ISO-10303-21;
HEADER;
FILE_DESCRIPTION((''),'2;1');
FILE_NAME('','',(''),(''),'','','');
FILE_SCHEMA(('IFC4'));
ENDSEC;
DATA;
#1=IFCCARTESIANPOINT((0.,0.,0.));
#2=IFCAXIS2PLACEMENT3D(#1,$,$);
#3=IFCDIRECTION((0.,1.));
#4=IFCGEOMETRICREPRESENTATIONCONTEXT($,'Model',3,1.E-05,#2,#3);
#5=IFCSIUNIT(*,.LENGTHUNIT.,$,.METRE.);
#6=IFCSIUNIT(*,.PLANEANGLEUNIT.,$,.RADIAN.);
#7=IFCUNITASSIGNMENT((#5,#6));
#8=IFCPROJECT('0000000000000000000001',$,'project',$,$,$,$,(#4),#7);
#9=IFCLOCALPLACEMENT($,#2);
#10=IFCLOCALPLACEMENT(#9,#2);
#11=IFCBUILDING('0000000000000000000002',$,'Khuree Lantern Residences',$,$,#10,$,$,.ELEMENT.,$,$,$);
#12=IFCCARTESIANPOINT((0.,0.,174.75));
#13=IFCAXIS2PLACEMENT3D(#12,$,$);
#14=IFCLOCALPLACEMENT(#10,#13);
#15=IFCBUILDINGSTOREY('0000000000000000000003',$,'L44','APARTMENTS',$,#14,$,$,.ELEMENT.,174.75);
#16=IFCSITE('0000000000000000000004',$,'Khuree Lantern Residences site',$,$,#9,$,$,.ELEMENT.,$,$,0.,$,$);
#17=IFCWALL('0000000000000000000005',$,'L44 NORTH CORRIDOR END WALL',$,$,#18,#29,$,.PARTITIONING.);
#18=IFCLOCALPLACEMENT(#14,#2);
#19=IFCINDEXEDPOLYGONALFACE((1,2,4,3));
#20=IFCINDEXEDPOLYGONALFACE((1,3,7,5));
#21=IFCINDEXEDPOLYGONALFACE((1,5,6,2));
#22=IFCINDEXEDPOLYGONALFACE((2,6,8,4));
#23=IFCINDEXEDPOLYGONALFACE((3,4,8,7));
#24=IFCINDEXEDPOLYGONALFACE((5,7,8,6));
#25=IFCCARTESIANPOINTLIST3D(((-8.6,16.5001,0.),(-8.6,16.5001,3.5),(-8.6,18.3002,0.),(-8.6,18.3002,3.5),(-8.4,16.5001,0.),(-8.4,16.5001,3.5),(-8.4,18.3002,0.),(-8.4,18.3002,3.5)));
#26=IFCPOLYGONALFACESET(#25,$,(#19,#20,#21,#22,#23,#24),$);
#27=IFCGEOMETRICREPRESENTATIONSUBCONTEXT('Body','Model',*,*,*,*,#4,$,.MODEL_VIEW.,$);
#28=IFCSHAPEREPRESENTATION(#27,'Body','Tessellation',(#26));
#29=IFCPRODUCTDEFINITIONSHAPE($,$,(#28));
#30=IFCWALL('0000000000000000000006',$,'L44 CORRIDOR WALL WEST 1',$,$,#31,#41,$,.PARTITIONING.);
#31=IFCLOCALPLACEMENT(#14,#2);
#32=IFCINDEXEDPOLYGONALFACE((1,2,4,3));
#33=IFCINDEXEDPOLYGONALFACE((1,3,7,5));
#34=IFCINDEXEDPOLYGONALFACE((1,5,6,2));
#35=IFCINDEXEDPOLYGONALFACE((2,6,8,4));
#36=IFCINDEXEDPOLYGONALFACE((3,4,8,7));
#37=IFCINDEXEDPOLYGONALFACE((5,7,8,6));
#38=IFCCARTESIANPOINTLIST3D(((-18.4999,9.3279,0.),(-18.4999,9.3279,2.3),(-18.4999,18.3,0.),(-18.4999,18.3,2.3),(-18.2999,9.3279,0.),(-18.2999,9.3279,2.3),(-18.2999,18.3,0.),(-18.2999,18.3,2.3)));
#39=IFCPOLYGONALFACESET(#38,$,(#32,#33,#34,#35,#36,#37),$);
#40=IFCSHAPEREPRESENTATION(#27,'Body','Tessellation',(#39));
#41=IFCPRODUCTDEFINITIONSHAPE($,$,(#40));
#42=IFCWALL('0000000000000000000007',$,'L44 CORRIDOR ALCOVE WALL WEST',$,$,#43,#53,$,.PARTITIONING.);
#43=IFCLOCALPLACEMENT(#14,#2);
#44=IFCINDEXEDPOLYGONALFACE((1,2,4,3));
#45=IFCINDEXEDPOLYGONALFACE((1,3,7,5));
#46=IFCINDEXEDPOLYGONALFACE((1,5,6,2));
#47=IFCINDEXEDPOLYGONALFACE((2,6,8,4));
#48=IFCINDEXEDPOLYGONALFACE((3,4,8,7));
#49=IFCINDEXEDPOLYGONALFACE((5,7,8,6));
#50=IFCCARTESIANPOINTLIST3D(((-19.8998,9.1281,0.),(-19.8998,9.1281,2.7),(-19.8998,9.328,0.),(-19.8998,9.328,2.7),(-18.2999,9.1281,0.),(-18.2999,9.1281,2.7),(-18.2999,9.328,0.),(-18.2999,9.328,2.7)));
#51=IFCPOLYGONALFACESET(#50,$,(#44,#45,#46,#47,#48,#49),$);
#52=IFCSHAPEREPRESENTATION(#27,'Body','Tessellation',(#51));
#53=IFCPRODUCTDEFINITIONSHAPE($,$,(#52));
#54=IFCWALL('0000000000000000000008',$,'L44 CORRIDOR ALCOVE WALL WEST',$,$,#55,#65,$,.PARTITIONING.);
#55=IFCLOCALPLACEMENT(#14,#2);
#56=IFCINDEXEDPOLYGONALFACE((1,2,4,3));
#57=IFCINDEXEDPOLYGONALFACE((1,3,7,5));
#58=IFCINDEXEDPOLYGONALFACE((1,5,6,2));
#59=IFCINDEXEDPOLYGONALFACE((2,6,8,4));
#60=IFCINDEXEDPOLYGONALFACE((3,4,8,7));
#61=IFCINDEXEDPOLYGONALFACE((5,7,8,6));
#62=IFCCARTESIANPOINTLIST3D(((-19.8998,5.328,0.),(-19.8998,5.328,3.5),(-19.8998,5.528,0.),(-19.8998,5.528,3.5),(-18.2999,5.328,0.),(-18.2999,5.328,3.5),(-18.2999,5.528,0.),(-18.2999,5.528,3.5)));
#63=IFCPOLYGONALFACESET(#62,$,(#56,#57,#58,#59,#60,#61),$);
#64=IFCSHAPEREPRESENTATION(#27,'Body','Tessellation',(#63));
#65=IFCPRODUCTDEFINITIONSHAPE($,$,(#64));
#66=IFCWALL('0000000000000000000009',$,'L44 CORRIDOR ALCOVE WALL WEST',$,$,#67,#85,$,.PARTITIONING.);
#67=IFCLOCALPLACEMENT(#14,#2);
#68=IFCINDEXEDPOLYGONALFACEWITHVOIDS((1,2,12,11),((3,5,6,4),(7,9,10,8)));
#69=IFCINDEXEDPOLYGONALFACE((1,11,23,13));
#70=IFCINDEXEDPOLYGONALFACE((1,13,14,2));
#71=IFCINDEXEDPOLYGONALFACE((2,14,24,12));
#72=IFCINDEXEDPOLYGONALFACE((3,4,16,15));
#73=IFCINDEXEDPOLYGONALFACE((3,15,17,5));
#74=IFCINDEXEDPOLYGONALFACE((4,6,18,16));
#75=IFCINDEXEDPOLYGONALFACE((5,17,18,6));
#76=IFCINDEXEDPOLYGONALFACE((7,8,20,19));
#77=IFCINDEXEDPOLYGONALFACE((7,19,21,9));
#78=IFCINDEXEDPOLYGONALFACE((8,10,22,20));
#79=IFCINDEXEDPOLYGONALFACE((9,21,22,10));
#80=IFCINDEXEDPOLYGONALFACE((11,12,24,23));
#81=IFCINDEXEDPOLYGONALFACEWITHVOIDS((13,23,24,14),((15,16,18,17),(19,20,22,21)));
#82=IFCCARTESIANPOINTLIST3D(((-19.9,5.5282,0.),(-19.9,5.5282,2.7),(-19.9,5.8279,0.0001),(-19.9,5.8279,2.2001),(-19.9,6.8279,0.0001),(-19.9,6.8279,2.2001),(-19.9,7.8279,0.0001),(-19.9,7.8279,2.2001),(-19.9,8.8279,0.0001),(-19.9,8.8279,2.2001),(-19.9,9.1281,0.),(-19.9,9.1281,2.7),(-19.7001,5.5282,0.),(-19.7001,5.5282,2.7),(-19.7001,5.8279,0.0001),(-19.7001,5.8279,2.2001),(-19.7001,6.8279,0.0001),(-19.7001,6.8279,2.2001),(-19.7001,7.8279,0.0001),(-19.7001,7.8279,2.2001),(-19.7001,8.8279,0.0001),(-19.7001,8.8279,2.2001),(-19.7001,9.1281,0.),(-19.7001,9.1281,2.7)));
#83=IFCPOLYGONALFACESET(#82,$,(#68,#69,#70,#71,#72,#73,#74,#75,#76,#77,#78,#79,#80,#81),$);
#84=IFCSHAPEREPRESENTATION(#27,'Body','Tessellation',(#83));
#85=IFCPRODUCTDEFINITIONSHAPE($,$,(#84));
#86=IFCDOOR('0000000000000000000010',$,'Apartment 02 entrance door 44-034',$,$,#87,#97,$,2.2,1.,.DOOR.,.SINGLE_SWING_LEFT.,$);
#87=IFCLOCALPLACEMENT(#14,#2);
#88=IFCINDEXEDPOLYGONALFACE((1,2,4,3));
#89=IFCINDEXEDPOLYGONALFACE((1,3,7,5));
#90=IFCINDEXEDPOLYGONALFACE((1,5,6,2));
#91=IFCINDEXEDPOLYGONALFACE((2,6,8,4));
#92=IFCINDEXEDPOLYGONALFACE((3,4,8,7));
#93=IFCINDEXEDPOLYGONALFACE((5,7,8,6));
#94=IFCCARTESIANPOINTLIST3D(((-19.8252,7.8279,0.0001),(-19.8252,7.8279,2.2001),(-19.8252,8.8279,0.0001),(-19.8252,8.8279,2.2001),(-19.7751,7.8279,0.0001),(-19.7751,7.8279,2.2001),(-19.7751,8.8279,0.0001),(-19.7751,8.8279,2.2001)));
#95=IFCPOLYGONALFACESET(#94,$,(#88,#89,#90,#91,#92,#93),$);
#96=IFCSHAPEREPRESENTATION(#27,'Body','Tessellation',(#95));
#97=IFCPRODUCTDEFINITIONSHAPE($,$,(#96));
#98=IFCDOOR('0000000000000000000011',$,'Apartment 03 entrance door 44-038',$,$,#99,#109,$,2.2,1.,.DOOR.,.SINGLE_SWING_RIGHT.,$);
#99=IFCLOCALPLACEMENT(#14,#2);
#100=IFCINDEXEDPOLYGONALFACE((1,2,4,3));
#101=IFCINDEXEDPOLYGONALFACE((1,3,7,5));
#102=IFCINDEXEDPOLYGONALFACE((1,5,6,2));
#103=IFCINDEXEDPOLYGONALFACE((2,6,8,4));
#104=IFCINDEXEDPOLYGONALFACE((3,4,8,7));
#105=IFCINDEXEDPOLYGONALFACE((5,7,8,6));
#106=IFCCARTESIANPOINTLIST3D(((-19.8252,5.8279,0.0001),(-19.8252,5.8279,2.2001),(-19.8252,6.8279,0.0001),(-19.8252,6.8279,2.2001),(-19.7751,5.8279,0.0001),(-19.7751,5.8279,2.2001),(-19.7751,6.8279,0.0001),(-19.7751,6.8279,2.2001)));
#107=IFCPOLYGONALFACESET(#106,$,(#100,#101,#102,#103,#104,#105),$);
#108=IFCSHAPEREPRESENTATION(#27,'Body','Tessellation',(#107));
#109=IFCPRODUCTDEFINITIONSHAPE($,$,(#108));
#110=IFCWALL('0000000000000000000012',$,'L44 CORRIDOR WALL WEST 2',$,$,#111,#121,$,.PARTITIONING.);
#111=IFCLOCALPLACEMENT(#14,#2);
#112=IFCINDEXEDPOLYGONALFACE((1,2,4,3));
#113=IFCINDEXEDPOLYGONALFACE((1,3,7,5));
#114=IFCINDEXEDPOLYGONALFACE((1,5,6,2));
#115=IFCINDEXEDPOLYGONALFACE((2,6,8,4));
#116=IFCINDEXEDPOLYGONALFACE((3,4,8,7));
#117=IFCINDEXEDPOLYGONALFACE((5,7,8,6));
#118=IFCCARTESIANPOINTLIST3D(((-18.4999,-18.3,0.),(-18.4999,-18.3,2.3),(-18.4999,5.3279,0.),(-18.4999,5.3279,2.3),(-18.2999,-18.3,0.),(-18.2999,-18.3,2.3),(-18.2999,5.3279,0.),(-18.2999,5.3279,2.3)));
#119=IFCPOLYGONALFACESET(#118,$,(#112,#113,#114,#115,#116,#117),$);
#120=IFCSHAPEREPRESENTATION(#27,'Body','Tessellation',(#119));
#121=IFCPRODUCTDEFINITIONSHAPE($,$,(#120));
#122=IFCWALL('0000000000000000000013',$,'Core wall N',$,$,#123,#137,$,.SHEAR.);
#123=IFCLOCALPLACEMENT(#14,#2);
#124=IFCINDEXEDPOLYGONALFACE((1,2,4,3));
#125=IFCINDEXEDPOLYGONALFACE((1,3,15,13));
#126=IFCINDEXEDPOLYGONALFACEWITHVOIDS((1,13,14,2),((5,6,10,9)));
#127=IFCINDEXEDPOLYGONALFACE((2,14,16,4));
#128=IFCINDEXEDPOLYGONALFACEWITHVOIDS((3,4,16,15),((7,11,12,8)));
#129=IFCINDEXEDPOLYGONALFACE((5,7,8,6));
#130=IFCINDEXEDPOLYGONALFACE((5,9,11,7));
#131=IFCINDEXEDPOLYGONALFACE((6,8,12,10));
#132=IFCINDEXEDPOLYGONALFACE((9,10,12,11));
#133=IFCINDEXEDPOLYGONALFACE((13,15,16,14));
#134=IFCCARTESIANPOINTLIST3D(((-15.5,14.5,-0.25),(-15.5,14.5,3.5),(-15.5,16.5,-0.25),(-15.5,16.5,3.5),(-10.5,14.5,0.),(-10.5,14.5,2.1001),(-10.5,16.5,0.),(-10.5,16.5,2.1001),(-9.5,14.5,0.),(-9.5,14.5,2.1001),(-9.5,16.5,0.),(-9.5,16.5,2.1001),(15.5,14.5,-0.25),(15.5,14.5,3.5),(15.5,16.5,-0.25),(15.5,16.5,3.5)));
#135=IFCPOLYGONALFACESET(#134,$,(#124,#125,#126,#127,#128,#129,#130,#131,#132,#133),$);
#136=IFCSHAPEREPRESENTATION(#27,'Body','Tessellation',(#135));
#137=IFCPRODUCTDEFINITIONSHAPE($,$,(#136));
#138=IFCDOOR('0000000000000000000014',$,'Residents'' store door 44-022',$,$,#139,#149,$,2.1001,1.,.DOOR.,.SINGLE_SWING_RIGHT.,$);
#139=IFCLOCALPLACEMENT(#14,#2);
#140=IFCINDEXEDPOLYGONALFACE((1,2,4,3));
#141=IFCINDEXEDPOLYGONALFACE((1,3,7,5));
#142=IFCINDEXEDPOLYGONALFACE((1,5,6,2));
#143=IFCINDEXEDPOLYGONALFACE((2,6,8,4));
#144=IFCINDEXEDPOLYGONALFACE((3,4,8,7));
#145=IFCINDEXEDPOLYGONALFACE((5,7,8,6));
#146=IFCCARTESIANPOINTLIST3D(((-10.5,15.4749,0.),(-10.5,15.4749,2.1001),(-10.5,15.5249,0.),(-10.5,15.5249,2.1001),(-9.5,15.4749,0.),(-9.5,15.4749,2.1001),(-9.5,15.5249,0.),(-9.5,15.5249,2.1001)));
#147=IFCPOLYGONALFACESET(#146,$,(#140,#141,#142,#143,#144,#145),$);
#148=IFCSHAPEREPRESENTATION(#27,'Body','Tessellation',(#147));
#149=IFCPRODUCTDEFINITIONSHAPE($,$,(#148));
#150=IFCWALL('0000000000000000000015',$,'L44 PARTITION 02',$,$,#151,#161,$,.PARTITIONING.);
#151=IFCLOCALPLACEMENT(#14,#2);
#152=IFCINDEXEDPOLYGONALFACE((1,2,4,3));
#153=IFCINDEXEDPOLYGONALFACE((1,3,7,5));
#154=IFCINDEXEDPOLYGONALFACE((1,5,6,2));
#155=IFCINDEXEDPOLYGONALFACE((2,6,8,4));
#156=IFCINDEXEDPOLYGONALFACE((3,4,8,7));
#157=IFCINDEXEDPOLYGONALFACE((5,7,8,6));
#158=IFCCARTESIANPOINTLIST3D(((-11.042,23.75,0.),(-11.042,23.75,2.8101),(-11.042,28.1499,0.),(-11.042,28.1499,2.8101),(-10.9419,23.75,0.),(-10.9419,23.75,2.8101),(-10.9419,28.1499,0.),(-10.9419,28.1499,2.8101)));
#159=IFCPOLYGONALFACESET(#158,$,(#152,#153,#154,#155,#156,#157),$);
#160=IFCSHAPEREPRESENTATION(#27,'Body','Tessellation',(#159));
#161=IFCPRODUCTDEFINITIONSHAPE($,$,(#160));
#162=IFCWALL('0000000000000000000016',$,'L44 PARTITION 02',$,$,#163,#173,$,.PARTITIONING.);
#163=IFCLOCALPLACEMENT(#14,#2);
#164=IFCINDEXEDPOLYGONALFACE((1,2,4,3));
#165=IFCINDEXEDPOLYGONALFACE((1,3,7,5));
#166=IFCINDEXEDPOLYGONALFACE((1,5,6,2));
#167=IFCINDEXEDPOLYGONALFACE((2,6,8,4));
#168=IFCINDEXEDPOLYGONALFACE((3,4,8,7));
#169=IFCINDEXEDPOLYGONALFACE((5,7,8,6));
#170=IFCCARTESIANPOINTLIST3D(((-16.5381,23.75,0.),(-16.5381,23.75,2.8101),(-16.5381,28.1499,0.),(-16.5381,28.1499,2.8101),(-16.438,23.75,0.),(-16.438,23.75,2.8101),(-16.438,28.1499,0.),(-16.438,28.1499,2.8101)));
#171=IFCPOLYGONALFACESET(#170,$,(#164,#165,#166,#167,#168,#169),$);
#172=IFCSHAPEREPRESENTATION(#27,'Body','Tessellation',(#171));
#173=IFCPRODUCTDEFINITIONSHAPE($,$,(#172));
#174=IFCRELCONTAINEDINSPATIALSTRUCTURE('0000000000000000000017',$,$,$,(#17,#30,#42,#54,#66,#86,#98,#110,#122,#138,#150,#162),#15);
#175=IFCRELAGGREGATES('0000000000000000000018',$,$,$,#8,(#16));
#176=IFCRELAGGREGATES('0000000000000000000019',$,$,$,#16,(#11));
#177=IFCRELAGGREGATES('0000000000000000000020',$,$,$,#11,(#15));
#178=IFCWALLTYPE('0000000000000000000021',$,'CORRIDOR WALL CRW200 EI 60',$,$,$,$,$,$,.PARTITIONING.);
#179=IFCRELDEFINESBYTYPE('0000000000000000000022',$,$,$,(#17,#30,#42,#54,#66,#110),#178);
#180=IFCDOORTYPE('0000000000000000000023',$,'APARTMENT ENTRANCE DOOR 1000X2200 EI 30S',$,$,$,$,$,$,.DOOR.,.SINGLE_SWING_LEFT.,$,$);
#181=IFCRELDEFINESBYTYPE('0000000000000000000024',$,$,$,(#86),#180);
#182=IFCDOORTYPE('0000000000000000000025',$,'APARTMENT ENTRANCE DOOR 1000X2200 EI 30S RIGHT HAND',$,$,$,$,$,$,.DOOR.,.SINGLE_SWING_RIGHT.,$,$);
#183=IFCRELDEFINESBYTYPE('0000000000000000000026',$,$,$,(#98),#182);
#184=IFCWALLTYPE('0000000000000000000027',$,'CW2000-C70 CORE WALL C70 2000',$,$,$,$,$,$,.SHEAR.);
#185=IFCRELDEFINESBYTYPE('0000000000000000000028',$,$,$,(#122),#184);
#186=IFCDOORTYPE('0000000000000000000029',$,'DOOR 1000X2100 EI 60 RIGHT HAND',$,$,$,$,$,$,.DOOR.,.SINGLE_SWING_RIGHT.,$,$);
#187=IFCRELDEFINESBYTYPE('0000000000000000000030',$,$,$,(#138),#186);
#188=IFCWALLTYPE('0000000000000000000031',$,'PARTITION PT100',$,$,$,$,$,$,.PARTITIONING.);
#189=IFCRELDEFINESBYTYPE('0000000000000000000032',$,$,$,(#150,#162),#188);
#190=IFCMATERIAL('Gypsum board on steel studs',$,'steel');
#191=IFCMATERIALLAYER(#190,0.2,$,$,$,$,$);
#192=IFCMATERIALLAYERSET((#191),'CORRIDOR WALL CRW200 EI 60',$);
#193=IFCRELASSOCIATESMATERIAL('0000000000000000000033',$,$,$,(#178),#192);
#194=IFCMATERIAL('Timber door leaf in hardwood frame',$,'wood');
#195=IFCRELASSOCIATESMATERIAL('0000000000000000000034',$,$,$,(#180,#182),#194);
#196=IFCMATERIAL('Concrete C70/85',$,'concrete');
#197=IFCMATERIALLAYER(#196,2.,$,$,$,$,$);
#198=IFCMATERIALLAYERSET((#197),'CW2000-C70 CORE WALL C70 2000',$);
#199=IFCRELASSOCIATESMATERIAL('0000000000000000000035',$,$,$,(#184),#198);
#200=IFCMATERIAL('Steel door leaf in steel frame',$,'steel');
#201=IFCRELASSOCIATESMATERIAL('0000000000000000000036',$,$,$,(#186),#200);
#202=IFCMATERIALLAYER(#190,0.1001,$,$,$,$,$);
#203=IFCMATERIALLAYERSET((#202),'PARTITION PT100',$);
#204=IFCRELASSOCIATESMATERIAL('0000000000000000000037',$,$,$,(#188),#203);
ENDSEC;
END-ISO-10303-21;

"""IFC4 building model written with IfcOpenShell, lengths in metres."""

from ifc_helpers import new_model, si_unit, direction, frame, frame_2d, origin, place, context, subcontext, project, spatial, rectangle, extrude, material, layer, layer_set, type_object, element, fill, save


model = new_model("IFC4")

# Units and contexts
model_context = context("Model", 3, precision=1e-05, world=origin(), true_north=direction((0.0, 1.0)))
body_context = subcontext(model_context, "Body", "Model", "MODEL_VIEW")
ifc_project = project(units=[si_unit("LENGTHUNIT", "METRE"), si_unit("PLANEANGLEUNIT", "RADIAN")], contexts=[model_context])

# Site, building, storey
site_placement = place(None, origin())
site = spatial("IfcSite", under=ifc_project, at=site_placement, Name="Khuree Lantern Residences site", CompositionType="ELEMENT", RefElevation=0.0)
building_placement = place(site_placement, origin())
building = spatial("IfcBuilding", under=site, at=building_placement, Name="Khuree Lantern Residences", CompositionType="ELEMENT")
storey_placement = place(building_placement, frame((0.0, 0.0, 174.75)))
storey = spatial("IfcBuildingStorey", under=building, at=storey_placement, Name="L44", Description="APARTMENTS", CompositionType="ELEMENT", Elevation=174.75)

# Shared definitions
ifc_material_1 = material(Name="Concrete C70/85", Category="concrete")

# Shared definitions
ifc_material_2 = material(Name="Steel door leaf in steel frame", Category="steel")
ifc_material_3 = material(Name="Timber door leaf in hardwood frame", Category="wood")

# Walls
ifc_material_4 = material(Name="Gypsum board on steel studs", Category="steel")
ifc_layer_1 = layer(ifc_material_4, 0.2)
ifc_layer_set_1 = layer_set([ifc_layer_1], Name="CORRIDOR WALL CRW200 EI 60")
wall_type_1 = type_object("IfcWallType", Name="CORRIDOR WALL CRW200 EI 60", PredefinedType="PARTITIONING", material=ifc_layer_set_1)
wall_1_placement = place(storey_placement, frame((-8.5, 18.3, 0.0), z_axis=(0.0, 0.0, 1.0), x_axis=(0.0, -1.0, 0.0)))
element("IfcWall", 1, at=wall_1_placement, inside=storey, type_object=wall_type_1, Name="L44 NORTH CORRIDOR END WALL", PredefinedType="PARTITIONING", context=body_context, shape_type="SweptSolid", body=[
    extrude(rectangle(XDim=1.8, YDim=0.2, at=frame_2d((0.8999, 0.0))), origin(), (0.0, 0.0, 1.0), 3.5),
])
wall_2_placement = place(storey_placement, frame((-18.3999, 18.3, 0.0), z_axis=(0.0, 0.0, 1.0), x_axis=(0.0, -1.0, 0.0)))
element("IfcWall", 2, at=wall_2_placement, inside=storey, type_object=wall_type_1, Name="L44 CORRIDOR WALL WEST 1", PredefinedType="PARTITIONING", context=body_context, shape_type="SweptSolid", body=[
    extrude(rectangle(XDim=8.9722, YDim=0.2, at=frame_2d((4.4861, 0.0))), origin(), (0.0, 0.0, 1.0), 2.3),
])
wall_3_placement = place(storey_placement, frame((-18.3, 9.228, 0.0), z_axis=(0.0, 0.0, 1.0), x_axis=(-1.0, 0.0, 0.0)))
element("IfcWall", 3, at=wall_3_placement, inside=storey, type_object=wall_type_1, Name="L44 CORRIDOR ALCOVE WALL WEST", PredefinedType="PARTITIONING", context=body_context, shape_type="SweptSolid", body=[
    extrude(rectangle(XDim=1.5999, YDim=0.2, at=frame_2d((0.7998, 0.0))), origin(), (0.0, 0.0, 1.0), 2.7),
])
wall_4_placement = place(storey_placement, frame((-18.3, 5.428, 0.0), z_axis=(0.0, 0.0, 1.0), x_axis=(-1.0, 0.0, 0.0)))
element("IfcWall", 4, at=wall_4_placement, inside=storey, type_object=wall_type_1, Name="L44 CORRIDOR ALCOVE WALL WEST", PredefinedType="PARTITIONING", context=body_context, shape_type="SweptSolid", body=[
    extrude(rectangle(XDim=1.5999, YDim=0.2, at=frame_2d((0.7998, 0.0))), origin(), (0.0, 0.0, 1.0), 3.5),
])

# Wall, openings, doors
wall_5_placement = place(storey_placement, frame((-19.8, 9.1279, 0.0), z_axis=(0.0, 0.0, 1.0), x_axis=(0.0, -1.0, 0.0)))
wall_5 = element("IfcWall", 5, at=wall_5_placement, inside=storey, type_object=wall_type_1, Name="L44 CORRIDOR ALCOVE WALL WEST", PredefinedType="PARTITIONING", context=body_context, shape_type="SweptSolid", body=[
    extrude(rectangle(XDim=3.5999, YDim=0.2, at=frame_2d((1.7998, 0.0))), origin(), (0.0, 0.0, 1.0), 2.7),
])
opening_1_placement = place(wall_5_placement, frame((0.3, 0.0, 0.0)))
opening_1 = element("IfcOpeningElement", 6, at=opening_1_placement, cuts=wall_5, PredefinedType="OPENING", context=body_context, shape_type="SweptSolid", body=[
    extrude(rectangle(XDim=1.0, YDim=2.2, at=frame_2d((0.5, 1.1001))), frame((0.0, 0.1099, 0.0), z_axis=(0.0, -1.0, 0.0), x_axis=(1.0, 0.0, 0.0)), (0.0, 0.0, 1.0), 0.22),
])
opening_2_placement = place(wall_5_placement, frame((2.3, 0.0, 0.0)))
opening_2 = element("IfcOpeningElement", 7, at=opening_2_placement, cuts=wall_5, PredefinedType="OPENING", context=body_context, shape_type="SweptSolid", body=[
    extrude(rectangle(XDim=1.0, YDim=2.2, at=frame_2d((0.5, 1.1001))), frame((0.0, 0.1099, 0.0), z_axis=(0.0, -1.0, 0.0), x_axis=(1.0, 0.0, 0.0)), (0.0, 0.0, 1.0), 0.22),
])
door_type_1 = type_object("IfcDoorType", Name="APARTMENT ENTRANCE DOOR 1000X2200 EI 30S", OperationType="SINGLE_SWING_LEFT", PredefinedType="DOOR", material=ifc_material_3)
door_1_placement = place(opening_1_placement, origin())
door_1 = element("IfcDoor", 8, at=door_1_placement, inside=storey, type_object=door_type_1, Name="Apartment 02 entrance door 44-034", OperationType="SINGLE_SWING_LEFT", OverallHeight=2.2, OverallWidth=1.0, PredefinedType="DOOR", context=body_context, shape_type="SweptSolid", body=[
    extrude(rectangle(XDim=1.0, YDim=2.2, at=frame_2d((0.5, 1.1001))), frame((0.0, 0.0249, 0.0), z_axis=(0.0, -1.0, 0.0), x_axis=(1.0, 0.0, 0.0)), (0.0, 0.0, 1.0), 0.05),
])
fill(opening_1, door_1)
door_type_2 = type_object("IfcDoorType", Name="APARTMENT ENTRANCE DOOR 1000X2200 EI 30S RIGHT HAND", OperationType="SINGLE_SWING_RIGHT", PredefinedType="DOOR", material=ifc_material_3)
door_2_placement = place(opening_2_placement, origin())
door_2 = element("IfcDoor", 9, at=door_2_placement, inside=storey, type_object=door_type_2, Name="Apartment 03 entrance door 44-038", OperationType="SINGLE_SWING_RIGHT", OverallHeight=2.2, OverallWidth=1.0, PredefinedType="DOOR", context=body_context, shape_type="SweptSolid", body=[
    extrude(rectangle(XDim=1.0, YDim=2.2, at=frame_2d((0.5, 1.1001))), frame((0.0, 0.0249, 0.0), z_axis=(0.0, -1.0, 0.0), x_axis=(1.0, 0.0, 0.0)), (0.0, 0.0, 1.0), 0.05),
])
fill(opening_2, door_2)

# Wall
wall_6_placement = place(storey_placement, frame((-18.3999, 5.3279, 0.0), z_axis=(0.0, 0.0, 1.0), x_axis=(0.0, -1.0, 0.0)))
element("IfcWall", 10, at=wall_6_placement, inside=storey, type_object=wall_type_1, Name="L44 CORRIDOR WALL WEST 2", PredefinedType="PARTITIONING", context=body_context, shape_type="SweptSolid", body=[
    extrude(rectangle(XDim=23.6279, YDim=0.2, at=frame_2d((11.814, 0.0))), origin(), (0.0, 0.0, 1.0), 2.3),
])

# Wall, opening, door
ifc_layer_2 = layer(ifc_material_1, 2.0)
ifc_layer_set_2 = layer_set([ifc_layer_2], Name="CW2000-C70 CORE WALL C70 2000")
wall_type_2 = type_object("IfcWallType", Name="CW2000-C70 CORE WALL C70 2000", PredefinedType="SHEAR", material=ifc_layer_set_2)
wall_7_placement = place(storey_placement, frame((-15.5, 15.5, -0.25), z_axis=(0.0, 0.0, 1.0), x_axis=(1.0, 0.0, 0.0)))
wall_7 = element("IfcWall", 11, at=wall_7_placement, inside=storey, type_object=wall_type_2, Name="Core wall N", PredefinedType="SHEAR", context=body_context, shape_type="SweptSolid", body=[
    extrude(rectangle(XDim=31.0, YDim=2.0, at=frame_2d((15.5, 0.0))), origin(), (0.0, 0.0, 1.0), 3.75),
])
opening_3_placement = place(wall_7_placement, frame((5.0, 0.0, 0.25)))
opening_3 = element("IfcOpeningElement", 12, at=opening_3_placement, cuts=wall_7, PredefinedType="OPENING", context=body_context, shape_type="SweptSolid", body=[
    extrude(rectangle(XDim=1.0, YDim=2.1001, at=frame_2d((0.5, 1.05))), frame((0.0, 1.01, 0.0), z_axis=(0.0, -1.0, 0.0), x_axis=(1.0, 0.0, 0.0)), (0.0, 0.0, 1.0), 2.02),
])
door_type_3 = type_object("IfcDoorType", Name="DOOR 1000X2100 EI 60 RIGHT HAND", OperationType="SINGLE_SWING_RIGHT", PredefinedType="DOOR", material=ifc_material_2)
door_3_placement = place(opening_3_placement, origin())
door_3 = element("IfcDoor", 13, at=door_3_placement, inside=storey, type_object=door_type_3, Name="Residents' store door 44-022", OperationType="SINGLE_SWING_RIGHT", OverallHeight=2.1001, OverallWidth=1.0, PredefinedType="DOOR", context=body_context, shape_type="SweptSolid", body=[
    extrude(rectangle(XDim=1.0, YDim=2.1001, at=frame_2d((0.5, 1.05))), frame((0.0, 0.0249, 0.0), z_axis=(0.0, -1.0, 0.0), x_axis=(1.0, 0.0, 0.0)), (0.0, 0.0, 1.0), 0.05),
])
fill(opening_3, door_3)

# Walls
ifc_layer_3 = layer(ifc_material_4, 0.1001)
ifc_layer_set_3 = layer_set([ifc_layer_3], Name="PARTITION PT100")
wall_type_3 = type_object("IfcWallType", Name="PARTITION PT100", PredefinedType="PARTITIONING", material=ifc_layer_set_3)
for number, where, z_axis, x_axis, name in (
    (14, (-10.9919, 23.75, 0.0), (0.0, 0.0, 1.0), (0.0, 1.0, 0.0), "L44 PARTITION 02"),
    (15, (-16.488, 23.75, 0.0), (0.0, 0.0, 1.0), (0.0, 1.0, 0.0), "L44 PARTITION 02"),
):
    element("IfcWall", number, at=place(storey_placement, frame(where, z_axis=z_axis, x_axis=x_axis)), inside=storey, type_object=wall_type_3, Name=name, PredefinedType="PARTITIONING", context=body_context, shape_type="SweptSolid", body=[
        extrude(rectangle(XDim=4.3999, YDim=0.1001, at=frame_2d((2.2, 0.0))), origin(), (0.0, 0.0, 1.0), 2.8101),
    ])

save(model, "model.ifc")
